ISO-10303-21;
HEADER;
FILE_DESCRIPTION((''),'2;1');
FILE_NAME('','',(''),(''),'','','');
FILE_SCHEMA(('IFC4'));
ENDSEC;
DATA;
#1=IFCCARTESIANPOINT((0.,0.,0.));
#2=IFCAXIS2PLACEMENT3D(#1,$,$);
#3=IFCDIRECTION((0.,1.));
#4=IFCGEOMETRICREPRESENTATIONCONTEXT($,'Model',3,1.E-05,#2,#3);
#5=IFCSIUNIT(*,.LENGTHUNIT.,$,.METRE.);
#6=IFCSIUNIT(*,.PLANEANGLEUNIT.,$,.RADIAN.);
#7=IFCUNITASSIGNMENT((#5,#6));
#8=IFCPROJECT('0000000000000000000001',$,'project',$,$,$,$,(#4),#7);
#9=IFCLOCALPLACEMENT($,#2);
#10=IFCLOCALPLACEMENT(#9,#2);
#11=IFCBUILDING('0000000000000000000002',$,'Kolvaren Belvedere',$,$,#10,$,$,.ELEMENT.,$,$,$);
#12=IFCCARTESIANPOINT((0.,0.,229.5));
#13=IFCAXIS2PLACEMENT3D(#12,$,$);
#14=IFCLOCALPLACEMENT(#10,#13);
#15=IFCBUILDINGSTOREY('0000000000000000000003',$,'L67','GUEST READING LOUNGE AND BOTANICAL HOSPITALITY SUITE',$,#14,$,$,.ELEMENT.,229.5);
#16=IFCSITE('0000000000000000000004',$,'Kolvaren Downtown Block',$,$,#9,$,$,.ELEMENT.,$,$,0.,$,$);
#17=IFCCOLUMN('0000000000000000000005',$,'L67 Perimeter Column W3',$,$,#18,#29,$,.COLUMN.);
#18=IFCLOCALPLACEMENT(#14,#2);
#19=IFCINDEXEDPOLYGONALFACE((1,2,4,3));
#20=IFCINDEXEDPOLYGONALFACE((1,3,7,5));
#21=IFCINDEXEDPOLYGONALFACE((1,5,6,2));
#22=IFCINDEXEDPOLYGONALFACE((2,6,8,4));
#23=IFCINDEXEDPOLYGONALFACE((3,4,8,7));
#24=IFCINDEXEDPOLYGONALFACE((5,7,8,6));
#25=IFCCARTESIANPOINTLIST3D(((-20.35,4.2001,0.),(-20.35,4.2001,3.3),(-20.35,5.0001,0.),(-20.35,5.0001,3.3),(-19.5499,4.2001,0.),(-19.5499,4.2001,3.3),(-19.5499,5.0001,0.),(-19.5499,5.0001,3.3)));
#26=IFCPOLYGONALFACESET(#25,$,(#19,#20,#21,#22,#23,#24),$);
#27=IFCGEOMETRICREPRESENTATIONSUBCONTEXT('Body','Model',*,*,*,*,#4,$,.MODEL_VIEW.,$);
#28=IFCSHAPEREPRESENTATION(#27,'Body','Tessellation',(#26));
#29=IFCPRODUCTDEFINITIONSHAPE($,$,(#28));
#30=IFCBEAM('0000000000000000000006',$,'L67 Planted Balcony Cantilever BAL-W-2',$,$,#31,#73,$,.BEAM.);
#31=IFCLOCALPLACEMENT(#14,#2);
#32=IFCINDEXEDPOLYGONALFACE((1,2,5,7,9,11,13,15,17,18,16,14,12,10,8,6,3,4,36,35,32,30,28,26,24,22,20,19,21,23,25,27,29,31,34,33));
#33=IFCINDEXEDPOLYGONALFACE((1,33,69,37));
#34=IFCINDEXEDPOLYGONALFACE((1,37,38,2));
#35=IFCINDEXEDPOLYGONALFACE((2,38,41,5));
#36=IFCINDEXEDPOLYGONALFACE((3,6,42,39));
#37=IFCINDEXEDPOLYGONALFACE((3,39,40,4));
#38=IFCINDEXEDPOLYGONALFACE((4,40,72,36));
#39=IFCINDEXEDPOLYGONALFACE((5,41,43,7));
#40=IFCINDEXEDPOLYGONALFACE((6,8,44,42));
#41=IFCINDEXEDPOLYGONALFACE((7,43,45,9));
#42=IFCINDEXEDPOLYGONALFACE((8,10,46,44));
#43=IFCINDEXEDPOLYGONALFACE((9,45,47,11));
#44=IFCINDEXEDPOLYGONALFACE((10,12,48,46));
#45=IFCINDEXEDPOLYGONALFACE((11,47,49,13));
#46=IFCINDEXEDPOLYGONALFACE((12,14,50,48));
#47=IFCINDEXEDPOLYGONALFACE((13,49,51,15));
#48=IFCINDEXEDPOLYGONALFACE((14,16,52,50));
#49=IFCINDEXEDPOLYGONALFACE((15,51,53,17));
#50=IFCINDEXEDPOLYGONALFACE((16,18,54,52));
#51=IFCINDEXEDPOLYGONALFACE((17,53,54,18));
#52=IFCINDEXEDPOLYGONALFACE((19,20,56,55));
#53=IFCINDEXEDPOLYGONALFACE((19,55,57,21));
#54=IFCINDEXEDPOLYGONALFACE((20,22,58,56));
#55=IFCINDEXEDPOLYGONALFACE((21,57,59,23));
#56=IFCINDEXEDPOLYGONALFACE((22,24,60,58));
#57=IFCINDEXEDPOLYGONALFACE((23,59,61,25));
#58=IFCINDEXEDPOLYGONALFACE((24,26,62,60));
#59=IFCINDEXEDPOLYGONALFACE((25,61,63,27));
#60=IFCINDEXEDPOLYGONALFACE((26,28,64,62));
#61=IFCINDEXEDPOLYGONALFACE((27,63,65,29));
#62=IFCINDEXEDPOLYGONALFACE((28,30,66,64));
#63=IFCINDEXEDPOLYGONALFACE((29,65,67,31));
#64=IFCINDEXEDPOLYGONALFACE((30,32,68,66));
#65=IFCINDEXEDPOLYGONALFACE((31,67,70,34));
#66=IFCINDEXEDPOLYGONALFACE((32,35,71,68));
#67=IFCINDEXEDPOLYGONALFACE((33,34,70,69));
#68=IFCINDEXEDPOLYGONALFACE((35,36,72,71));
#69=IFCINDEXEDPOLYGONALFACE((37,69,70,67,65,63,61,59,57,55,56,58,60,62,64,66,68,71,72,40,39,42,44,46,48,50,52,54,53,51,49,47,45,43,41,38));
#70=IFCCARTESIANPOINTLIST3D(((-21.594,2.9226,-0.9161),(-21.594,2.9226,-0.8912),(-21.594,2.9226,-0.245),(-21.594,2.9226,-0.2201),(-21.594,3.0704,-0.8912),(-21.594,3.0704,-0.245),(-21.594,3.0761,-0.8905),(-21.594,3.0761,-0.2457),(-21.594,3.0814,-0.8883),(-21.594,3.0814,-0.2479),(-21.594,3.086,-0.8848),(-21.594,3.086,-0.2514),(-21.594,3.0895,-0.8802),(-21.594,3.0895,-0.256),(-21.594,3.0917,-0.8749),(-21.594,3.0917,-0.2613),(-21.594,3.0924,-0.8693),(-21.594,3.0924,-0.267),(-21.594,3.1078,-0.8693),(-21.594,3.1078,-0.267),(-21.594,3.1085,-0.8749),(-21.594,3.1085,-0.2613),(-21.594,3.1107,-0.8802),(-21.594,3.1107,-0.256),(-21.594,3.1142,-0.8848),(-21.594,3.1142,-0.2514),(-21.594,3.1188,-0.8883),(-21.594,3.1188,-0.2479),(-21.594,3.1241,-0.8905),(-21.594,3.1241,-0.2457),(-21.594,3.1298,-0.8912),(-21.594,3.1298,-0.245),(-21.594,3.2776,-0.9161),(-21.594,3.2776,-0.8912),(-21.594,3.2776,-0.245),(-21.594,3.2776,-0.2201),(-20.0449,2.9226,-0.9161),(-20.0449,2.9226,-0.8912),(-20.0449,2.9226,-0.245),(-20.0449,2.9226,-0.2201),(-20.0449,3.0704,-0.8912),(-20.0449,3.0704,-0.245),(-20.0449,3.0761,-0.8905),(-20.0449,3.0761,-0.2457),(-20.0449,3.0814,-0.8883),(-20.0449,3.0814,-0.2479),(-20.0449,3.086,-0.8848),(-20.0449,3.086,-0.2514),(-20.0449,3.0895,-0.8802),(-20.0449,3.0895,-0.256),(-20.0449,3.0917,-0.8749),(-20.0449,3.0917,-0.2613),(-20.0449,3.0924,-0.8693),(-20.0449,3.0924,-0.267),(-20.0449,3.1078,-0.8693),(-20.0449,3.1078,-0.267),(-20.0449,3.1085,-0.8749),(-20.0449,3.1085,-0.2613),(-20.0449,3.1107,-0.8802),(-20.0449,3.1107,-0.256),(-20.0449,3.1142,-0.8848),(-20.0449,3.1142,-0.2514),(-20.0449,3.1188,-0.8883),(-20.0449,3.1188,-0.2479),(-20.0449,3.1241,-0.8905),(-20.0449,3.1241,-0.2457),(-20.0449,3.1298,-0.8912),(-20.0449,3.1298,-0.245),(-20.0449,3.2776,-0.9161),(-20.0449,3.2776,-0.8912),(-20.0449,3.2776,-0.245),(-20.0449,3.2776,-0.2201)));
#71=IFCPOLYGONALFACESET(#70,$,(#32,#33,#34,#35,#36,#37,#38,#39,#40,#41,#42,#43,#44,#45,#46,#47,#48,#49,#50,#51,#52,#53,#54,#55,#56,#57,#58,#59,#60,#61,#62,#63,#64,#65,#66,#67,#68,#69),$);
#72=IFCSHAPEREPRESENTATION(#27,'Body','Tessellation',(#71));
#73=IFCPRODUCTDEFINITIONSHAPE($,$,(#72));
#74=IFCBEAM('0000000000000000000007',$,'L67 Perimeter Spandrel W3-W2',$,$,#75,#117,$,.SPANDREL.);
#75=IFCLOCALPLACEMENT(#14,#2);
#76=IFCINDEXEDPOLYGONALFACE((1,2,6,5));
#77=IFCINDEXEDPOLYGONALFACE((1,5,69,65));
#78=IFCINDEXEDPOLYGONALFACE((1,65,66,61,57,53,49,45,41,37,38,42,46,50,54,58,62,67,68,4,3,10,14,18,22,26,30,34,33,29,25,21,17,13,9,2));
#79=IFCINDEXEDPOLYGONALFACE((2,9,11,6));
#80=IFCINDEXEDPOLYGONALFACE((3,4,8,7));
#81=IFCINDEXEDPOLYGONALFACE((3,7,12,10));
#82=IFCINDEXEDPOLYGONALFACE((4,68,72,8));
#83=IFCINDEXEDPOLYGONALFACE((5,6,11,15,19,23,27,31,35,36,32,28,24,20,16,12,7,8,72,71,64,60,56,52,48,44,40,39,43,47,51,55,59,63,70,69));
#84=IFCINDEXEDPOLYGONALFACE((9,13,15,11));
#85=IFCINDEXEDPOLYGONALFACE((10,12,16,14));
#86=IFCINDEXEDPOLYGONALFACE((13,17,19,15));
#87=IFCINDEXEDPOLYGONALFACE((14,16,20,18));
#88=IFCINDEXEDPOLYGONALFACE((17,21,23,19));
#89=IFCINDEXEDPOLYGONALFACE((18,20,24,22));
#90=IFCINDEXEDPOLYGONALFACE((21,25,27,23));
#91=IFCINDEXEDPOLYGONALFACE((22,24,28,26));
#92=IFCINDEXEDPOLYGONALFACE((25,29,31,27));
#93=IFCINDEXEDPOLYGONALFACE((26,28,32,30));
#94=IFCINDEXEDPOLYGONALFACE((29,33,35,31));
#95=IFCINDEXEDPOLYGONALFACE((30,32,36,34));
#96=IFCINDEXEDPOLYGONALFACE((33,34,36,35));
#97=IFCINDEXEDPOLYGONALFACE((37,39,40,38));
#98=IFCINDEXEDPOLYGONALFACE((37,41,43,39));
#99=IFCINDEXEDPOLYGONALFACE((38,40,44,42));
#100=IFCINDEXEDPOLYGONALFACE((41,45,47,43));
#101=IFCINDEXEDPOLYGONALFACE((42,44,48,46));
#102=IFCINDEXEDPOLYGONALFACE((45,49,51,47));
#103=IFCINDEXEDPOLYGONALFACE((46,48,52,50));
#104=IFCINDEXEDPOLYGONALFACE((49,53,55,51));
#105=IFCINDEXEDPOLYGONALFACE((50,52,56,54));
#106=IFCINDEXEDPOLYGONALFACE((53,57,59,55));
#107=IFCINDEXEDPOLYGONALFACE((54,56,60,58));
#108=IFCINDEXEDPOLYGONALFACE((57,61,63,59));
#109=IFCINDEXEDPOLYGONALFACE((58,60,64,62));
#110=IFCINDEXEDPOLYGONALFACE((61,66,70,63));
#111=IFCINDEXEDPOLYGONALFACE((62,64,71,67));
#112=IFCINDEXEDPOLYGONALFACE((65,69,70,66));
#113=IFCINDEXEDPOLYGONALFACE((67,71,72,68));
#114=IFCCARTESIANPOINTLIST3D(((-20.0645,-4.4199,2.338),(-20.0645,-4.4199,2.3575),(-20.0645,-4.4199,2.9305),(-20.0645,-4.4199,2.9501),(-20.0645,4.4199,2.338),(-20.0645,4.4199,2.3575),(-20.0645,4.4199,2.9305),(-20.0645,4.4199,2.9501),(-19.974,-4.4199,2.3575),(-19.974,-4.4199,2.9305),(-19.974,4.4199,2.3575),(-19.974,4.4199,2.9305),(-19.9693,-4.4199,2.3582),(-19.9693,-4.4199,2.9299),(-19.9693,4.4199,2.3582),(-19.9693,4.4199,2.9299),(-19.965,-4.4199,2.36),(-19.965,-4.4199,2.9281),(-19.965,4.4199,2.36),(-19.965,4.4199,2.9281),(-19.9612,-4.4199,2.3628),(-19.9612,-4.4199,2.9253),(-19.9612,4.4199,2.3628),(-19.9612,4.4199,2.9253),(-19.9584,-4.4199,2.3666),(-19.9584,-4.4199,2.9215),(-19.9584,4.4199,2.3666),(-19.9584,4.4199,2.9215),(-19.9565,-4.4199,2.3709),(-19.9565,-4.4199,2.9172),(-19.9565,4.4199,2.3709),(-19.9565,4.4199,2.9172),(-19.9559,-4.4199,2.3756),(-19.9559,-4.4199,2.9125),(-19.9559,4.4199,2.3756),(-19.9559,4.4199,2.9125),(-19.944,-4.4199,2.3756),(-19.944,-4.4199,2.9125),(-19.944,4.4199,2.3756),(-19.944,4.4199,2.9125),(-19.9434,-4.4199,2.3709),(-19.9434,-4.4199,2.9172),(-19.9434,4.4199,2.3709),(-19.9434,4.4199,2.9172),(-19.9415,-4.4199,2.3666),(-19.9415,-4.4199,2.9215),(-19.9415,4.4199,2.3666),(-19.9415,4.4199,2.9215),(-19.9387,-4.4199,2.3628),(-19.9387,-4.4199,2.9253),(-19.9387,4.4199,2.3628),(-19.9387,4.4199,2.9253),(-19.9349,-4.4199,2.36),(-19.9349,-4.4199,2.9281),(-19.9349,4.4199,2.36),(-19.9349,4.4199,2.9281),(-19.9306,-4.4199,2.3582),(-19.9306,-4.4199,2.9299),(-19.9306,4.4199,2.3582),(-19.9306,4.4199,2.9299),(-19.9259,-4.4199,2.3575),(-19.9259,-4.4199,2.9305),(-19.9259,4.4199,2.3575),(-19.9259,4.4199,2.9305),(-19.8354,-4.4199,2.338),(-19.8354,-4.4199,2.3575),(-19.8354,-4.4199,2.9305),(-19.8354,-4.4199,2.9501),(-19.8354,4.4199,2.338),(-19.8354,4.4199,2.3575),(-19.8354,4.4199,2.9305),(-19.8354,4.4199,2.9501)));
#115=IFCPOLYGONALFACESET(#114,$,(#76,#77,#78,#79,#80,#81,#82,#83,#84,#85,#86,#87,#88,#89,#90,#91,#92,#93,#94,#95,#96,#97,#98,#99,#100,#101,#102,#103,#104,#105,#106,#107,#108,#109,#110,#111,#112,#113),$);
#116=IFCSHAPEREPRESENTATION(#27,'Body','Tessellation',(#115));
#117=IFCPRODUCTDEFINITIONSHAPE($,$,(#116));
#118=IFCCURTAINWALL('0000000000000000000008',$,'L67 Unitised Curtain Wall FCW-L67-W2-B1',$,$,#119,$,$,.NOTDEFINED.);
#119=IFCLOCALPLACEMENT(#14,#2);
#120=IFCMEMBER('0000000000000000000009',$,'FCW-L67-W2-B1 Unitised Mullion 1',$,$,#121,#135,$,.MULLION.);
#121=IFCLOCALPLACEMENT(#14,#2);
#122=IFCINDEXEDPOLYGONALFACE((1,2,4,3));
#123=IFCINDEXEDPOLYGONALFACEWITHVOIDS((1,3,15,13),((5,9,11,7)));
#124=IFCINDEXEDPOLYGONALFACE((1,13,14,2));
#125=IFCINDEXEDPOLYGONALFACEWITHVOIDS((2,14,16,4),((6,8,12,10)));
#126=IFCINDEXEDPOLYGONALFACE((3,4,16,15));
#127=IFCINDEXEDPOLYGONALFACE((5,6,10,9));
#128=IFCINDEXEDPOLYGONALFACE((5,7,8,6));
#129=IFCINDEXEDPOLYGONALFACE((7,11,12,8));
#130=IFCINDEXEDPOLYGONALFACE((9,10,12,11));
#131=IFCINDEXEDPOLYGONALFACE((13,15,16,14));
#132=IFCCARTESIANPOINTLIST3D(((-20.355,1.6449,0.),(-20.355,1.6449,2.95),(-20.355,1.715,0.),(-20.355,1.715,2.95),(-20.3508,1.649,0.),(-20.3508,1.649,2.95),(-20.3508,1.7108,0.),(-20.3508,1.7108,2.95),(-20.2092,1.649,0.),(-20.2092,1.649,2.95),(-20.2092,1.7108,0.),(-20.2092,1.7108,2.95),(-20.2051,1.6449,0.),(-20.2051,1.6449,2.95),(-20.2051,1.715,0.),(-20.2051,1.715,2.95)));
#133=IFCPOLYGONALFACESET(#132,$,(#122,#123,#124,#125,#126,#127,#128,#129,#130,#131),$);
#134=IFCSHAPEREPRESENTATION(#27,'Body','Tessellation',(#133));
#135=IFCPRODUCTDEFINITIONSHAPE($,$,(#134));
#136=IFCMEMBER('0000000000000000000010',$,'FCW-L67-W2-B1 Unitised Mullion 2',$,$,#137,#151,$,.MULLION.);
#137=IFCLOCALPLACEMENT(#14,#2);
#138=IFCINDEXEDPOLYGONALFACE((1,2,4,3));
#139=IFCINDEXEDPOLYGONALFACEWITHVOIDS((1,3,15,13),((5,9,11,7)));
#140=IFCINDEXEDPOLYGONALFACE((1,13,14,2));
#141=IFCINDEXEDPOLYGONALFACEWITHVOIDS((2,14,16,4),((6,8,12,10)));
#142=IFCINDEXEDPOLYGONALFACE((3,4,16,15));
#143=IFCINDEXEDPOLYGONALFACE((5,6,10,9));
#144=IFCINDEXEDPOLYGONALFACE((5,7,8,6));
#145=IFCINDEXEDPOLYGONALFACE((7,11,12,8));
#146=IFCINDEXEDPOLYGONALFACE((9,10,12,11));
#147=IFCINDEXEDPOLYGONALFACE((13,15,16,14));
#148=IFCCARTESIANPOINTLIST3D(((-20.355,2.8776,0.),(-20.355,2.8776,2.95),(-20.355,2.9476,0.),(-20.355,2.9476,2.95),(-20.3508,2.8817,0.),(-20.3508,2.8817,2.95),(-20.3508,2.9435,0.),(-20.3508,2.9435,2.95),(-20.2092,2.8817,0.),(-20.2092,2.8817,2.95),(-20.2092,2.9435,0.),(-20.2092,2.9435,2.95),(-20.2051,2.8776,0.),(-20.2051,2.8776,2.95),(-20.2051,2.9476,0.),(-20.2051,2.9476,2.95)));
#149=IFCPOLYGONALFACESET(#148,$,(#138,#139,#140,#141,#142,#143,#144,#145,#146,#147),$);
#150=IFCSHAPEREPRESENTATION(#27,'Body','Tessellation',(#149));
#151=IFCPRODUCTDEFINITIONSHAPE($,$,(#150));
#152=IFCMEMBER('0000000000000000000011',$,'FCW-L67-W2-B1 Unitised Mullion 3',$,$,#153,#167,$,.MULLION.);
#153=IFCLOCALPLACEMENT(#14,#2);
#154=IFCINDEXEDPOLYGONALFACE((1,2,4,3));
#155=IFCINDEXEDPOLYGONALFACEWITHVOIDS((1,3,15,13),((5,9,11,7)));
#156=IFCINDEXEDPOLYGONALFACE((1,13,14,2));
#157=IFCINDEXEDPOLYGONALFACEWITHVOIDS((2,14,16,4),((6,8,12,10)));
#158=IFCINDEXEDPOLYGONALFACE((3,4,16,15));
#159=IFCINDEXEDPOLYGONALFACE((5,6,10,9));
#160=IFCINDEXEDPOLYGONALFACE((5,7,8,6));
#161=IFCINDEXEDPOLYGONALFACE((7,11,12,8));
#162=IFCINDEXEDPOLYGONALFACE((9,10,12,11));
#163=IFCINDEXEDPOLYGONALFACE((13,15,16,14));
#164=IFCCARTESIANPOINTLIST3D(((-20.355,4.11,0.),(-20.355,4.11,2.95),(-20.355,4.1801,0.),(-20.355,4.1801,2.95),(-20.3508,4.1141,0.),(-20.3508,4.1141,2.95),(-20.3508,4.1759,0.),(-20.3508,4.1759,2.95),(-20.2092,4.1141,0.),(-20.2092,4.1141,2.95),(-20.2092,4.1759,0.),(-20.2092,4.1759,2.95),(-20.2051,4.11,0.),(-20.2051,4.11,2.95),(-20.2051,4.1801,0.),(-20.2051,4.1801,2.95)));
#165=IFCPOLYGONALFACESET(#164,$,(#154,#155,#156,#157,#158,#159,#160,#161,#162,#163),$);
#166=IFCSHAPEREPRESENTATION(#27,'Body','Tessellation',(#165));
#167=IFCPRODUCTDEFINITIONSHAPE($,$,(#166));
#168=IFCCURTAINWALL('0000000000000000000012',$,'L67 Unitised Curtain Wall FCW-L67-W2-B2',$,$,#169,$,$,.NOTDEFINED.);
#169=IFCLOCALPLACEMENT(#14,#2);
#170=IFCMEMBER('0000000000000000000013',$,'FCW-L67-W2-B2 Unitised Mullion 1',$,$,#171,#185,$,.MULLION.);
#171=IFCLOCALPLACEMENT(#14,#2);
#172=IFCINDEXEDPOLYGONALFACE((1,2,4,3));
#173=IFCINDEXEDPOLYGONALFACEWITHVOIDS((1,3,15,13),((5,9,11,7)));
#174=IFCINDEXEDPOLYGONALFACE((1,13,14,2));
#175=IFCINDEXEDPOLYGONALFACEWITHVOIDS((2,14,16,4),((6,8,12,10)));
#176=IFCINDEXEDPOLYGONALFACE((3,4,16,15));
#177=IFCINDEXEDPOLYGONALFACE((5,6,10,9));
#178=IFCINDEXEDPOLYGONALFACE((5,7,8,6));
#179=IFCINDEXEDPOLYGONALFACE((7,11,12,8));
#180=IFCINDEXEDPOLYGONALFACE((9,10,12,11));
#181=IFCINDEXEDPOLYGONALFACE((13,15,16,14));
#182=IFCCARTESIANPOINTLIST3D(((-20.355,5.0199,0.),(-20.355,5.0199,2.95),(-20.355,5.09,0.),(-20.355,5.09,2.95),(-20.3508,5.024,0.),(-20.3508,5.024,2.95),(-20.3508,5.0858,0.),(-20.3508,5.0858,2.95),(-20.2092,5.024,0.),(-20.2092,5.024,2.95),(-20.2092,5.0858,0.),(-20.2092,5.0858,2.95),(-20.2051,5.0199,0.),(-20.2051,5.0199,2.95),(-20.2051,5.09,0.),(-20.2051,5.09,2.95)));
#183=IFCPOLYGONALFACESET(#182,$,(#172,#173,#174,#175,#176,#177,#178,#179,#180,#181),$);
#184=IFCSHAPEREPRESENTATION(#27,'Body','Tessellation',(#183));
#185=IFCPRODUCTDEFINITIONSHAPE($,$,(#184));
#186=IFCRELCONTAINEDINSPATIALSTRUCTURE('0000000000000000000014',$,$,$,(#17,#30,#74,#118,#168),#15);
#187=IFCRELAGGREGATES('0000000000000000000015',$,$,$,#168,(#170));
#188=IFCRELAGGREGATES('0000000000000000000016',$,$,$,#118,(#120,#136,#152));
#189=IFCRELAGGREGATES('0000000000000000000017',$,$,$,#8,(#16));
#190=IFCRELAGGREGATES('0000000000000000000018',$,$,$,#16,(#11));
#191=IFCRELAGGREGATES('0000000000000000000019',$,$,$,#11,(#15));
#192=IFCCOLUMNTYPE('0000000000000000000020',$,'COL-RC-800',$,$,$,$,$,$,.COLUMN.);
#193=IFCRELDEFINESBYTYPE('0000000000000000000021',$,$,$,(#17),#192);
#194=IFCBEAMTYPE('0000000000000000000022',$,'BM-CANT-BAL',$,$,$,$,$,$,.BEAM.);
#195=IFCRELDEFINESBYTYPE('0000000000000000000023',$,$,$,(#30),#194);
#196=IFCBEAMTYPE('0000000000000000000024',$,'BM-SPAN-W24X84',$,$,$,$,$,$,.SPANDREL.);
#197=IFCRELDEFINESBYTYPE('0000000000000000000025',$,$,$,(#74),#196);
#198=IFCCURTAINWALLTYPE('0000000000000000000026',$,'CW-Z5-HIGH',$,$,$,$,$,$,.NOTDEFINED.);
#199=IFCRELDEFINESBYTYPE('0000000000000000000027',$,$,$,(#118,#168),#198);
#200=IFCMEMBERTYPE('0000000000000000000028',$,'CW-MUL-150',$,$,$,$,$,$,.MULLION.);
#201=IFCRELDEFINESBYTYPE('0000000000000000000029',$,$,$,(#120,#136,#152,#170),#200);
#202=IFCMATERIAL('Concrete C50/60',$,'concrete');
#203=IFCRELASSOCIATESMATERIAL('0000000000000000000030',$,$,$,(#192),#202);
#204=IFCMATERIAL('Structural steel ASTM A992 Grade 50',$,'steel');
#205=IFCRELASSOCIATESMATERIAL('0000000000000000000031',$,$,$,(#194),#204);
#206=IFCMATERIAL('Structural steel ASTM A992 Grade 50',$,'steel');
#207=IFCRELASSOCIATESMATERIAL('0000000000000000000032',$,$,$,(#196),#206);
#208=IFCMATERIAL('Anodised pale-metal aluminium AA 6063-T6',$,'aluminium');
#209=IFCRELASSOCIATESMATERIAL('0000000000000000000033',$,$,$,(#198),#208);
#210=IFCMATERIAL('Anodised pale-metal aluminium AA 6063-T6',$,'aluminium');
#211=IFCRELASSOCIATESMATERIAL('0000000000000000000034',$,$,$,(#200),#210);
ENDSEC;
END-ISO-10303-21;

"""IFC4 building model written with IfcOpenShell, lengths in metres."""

from ifc_helpers import new_model, si_unit, direction, frame, origin, origin_2d, place, context, subcontext, project, spatial, rectangle, hollow_rectangle, i_section, extrude, material, material_profile, profile_set, type_object, element, aggregate, save


model = new_model("IFC4")

# Units and contexts
model_context = context("Model", 3, precision=1e-05, world=origin(), true_north=direction((0.0, 1.0)))
body_context = subcontext(model_context, "Body", "Model", "MODEL_VIEW")
ifc_project = project(units=[si_unit("LENGTHUNIT", "METRE"), si_unit("PLANEANGLEUNIT", "RADIAN")], contexts=[model_context])

# Site, building, storey
site_placement = place(None, origin())
site = spatial("IfcSite", under=ifc_project, at=site_placement, Name="Kolvaren Downtown Block", CompositionType="ELEMENT", RefElevation=0.0)
building_placement = place(site_placement, origin())
building = spatial("IfcBuilding", under=site, at=building_placement, Name="Kolvaren Belvedere", CompositionType="ELEMENT")
storey_placement = place(building_placement, frame((0.0, 0.0, 229.5)))
storey = spatial("IfcBuildingStorey", under=building, at=storey_placement, Name="L67", Description="GUEST READING LOUNGE AND BOTANICAL HOSPITALITY SUITE", CompositionType="ELEMENT", Elevation=229.5)

# Column
ifc_material_1 = material(Name="Concrete C50/60", Category="concrete")
ifc_material_profile_1 = material_profile(ifc_material_1, rectangle(XDim=0.8, YDim=0.8, at=origin_2d()), Name="RC 800X800")
ifc_profile_set_1 = profile_set([ifc_material_profile_1], Name="Concrete C50/60")
column_type = type_object("IfcColumnType", Name="COL-RC-800", PredefinedType="COLUMN", material=ifc_profile_set_1)
column_placement = place(storey_placement, frame((-19.95, 4.6001, 0.0), z_axis=(0.0, 0.0, 1.0), x_axis=(1.0, 0.0, 0.0)))
element("IfcColumn", 1, at=column_placement, inside=storey, type_object=column_type, Name="L67 Perimeter Column W3", PredefinedType="COLUMN", context=body_context, shape_type="SweptSolid", body=[
    extrude(rectangle(XDim=0.8, YDim=0.8, at=origin_2d()), origin(), (0.0, 0.0, 1.0), 3.3),
])

# Beams
ifc_material_2 = material(Name="Structural steel ASTM A992 Grade 50", Category="steel")
ifc_material_profile_2 = material_profile(ifc_material_2, i_section(OverallWidth=0.355, OverallDepth=0.696, WebThickness=0.0154, FlangeThickness=0.0249, FilletRadius=0.022, at=origin_2d()), Name="W27X146")
ifc_profile_set_2 = profile_set([ifc_material_profile_2], Name="Structural steel ASTM A992 Grade 50")
beam_type_1 = type_object("IfcBeamType", Name="BM-CANT-BAL", PredefinedType="BEAM", material=ifc_profile_set_2)
beam_1_placement = place(storey_placement, frame((-20.0449, 3.1001, -0.5681), z_axis=(-1.0, 0.0, 0.0), x_axis=(0.0, -1.0, 0.0)))
element("IfcBeam", 2, at=beam_1_placement, inside=storey, type_object=beam_type_1, Name="L67 Planted Balcony Cantilever BAL-W-2", PredefinedType="BEAM", context=body_context, shape_type="SweptSolid", body=[
    extrude(i_section(OverallWidth=0.355, OverallDepth=0.696, WebThickness=0.0154, FlangeThickness=0.0249, FilletRadius=0.022, at=origin_2d()), origin(), (0.0, 0.0, 1.0), 1.5491),
])
ifc_material_3 = material(Name="Structural steel ASTM A992 Grade 50", Category="steel")
ifc_material_profile_3 = material_profile(ifc_material_3, i_section(OverallWidth=0.229, OverallDepth=0.6121, WebThickness=0.012, FlangeThickness=0.0195, FilletRadius=0.0181, at=origin_2d()), Name="W24X84")
ifc_profile_set_3 = profile_set([ifc_material_profile_3], Name="Structural steel ASTM A992 Grade 50")
beam_type_2 = type_object("IfcBeamType", Name="BM-SPAN-W24X84", PredefinedType="SPANDREL", material=ifc_profile_set_3)
beam_2_placement = place(storey_placement, frame((-19.95, 4.4199, 2.644), z_axis=(0.0, -1.0, 0.0), x_axis=(1.0, 0.0, 0.0)))
element("IfcBeam", 3, at=beam_2_placement, inside=storey, type_object=beam_type_2, Name="L67 Perimeter Spandrel W3-W2", PredefinedType="SPANDREL", context=body_context, shape_type="SweptSolid", body=[
    extrude(i_section(OverallWidth=0.229, OverallDepth=0.6121, WebThickness=0.012, FlangeThickness=0.0195, FilletRadius=0.0181, at=origin_2d()), origin(), (0.0, 0.0, 1.0), 8.8398),
])

# Curtain wall, members
ifc_material_4 = material(Name="Anodised pale-metal aluminium AA 6063-T6", Category="aluminium")
curtain_wall_type = type_object("IfcCurtainWallType", Name="CW-Z5-HIGH", PredefinedType="NOTDEFINED", material=ifc_material_4)
curtain_wall_1_placement = place(storey_placement, origin())
curtain_wall_1 = element("IfcCurtainWall", 4, at=curtain_wall_1_placement, inside=storey, type_object=curtain_wall_type, Name="L67 Unitised Curtain Wall FCW-L67-W2-B1", PredefinedType="NOTDEFINED")
ifc_material_5 = material(Name="Anodised pale-metal aluminium AA 6063-T6", Category="aluminium")
ifc_material_profile_4 = material_profile(ifc_material_5, hollow_rectangle(XDim=0.0701, YDim=0.1499, WallThickness=0.0042, at=origin_2d()), Name="ALU-MUL-150X70")
ifc_profile_set_4 = profile_set([ifc_material_profile_4], Name="Anodised pale-metal aluminium AA 6063-T6")
member_type_1 = type_object("IfcMemberType", Name="CW-MUL-150", PredefinedType="MULLION", material=ifc_profile_set_4)
member_1_placement = place(storey_placement, frame((-20.28, 1.6799, 0.0), z_axis=(0.0, 0.0, 1.0), x_axis=(0.0, 1.0, 0.0)))
member_1 = element("IfcMember", 5, at=member_1_placement, type_object=member_type_1, Name="FCW-L67-W2-B1 Unitised Mullion 1", PredefinedType="MULLION", context=body_context, shape_type="SweptSolid", body=[
    extrude(hollow_rectangle(XDim=0.0701, YDim=0.1499, WallThickness=0.0042, at=origin_2d()), origin(), (0.0, 0.0, 1.0), 2.95),
])
member_2_placement = place(storey_placement, frame((-20.28, 2.9126, 0.0), z_axis=(0.0, 0.0, 1.0), x_axis=(0.0, 1.0, 0.0)))
member_2 = element("IfcMember", 6, at=member_2_placement, type_object=member_type_1, Name="FCW-L67-W2-B1 Unitised Mullion 2", PredefinedType="MULLION", context=body_context, shape_type="SweptSolid", body=[
    extrude(hollow_rectangle(XDim=0.0701, YDim=0.1499, WallThickness=0.0042, at=origin_2d()), origin(), (0.0, 0.0, 1.0), 2.95),
])
member_3_placement = place(storey_placement, frame((-20.28, 4.145, 0.0), z_axis=(0.0, 0.0, 1.0), x_axis=(0.0, 1.0, 0.0)))
member_3 = element("IfcMember", 7, at=member_3_placement, type_object=member_type_1, Name="FCW-L67-W2-B1 Unitised Mullion 3", PredefinedType="MULLION", context=body_context, shape_type="SweptSolid", body=[
    extrude(hollow_rectangle(XDim=0.0701, YDim=0.1499, WallThickness=0.0042, at=origin_2d()), origin(), (0.0, 0.0, 1.0), 2.95),
])

# Curtain wall, member
curtain_wall_2_placement = place(storey_placement, origin())
curtain_wall_2 = element("IfcCurtainWall", 8, at=curtain_wall_2_placement, inside=storey, type_object=curtain_wall_type, Name="L67 Unitised Curtain Wall FCW-L67-W2-B2", PredefinedType="NOTDEFINED")
member_4_placement = place(storey_placement, frame((-20.28, 5.0549, 0.0), z_axis=(0.0, 0.0, 1.0), x_axis=(0.0, 1.0, 0.0)))
member_4 = element("IfcMember", 9, at=member_4_placement, type_object=member_type_1, Name="FCW-L67-W2-B2 Unitised Mullion 1", PredefinedType="MULLION", context=body_context, shape_type="SweptSolid", body=[
    extrude(hollow_rectangle(XDim=0.0701, YDim=0.1499, WallThickness=0.0042, at=origin_2d()), origin(), (0.0, 0.0, 1.0), 2.95),
])

aggregate(curtain_wall_2, [member_4])

aggregate(curtain_wall_1, [member_1, member_2, member_3])

save(model, "model.ifc")
